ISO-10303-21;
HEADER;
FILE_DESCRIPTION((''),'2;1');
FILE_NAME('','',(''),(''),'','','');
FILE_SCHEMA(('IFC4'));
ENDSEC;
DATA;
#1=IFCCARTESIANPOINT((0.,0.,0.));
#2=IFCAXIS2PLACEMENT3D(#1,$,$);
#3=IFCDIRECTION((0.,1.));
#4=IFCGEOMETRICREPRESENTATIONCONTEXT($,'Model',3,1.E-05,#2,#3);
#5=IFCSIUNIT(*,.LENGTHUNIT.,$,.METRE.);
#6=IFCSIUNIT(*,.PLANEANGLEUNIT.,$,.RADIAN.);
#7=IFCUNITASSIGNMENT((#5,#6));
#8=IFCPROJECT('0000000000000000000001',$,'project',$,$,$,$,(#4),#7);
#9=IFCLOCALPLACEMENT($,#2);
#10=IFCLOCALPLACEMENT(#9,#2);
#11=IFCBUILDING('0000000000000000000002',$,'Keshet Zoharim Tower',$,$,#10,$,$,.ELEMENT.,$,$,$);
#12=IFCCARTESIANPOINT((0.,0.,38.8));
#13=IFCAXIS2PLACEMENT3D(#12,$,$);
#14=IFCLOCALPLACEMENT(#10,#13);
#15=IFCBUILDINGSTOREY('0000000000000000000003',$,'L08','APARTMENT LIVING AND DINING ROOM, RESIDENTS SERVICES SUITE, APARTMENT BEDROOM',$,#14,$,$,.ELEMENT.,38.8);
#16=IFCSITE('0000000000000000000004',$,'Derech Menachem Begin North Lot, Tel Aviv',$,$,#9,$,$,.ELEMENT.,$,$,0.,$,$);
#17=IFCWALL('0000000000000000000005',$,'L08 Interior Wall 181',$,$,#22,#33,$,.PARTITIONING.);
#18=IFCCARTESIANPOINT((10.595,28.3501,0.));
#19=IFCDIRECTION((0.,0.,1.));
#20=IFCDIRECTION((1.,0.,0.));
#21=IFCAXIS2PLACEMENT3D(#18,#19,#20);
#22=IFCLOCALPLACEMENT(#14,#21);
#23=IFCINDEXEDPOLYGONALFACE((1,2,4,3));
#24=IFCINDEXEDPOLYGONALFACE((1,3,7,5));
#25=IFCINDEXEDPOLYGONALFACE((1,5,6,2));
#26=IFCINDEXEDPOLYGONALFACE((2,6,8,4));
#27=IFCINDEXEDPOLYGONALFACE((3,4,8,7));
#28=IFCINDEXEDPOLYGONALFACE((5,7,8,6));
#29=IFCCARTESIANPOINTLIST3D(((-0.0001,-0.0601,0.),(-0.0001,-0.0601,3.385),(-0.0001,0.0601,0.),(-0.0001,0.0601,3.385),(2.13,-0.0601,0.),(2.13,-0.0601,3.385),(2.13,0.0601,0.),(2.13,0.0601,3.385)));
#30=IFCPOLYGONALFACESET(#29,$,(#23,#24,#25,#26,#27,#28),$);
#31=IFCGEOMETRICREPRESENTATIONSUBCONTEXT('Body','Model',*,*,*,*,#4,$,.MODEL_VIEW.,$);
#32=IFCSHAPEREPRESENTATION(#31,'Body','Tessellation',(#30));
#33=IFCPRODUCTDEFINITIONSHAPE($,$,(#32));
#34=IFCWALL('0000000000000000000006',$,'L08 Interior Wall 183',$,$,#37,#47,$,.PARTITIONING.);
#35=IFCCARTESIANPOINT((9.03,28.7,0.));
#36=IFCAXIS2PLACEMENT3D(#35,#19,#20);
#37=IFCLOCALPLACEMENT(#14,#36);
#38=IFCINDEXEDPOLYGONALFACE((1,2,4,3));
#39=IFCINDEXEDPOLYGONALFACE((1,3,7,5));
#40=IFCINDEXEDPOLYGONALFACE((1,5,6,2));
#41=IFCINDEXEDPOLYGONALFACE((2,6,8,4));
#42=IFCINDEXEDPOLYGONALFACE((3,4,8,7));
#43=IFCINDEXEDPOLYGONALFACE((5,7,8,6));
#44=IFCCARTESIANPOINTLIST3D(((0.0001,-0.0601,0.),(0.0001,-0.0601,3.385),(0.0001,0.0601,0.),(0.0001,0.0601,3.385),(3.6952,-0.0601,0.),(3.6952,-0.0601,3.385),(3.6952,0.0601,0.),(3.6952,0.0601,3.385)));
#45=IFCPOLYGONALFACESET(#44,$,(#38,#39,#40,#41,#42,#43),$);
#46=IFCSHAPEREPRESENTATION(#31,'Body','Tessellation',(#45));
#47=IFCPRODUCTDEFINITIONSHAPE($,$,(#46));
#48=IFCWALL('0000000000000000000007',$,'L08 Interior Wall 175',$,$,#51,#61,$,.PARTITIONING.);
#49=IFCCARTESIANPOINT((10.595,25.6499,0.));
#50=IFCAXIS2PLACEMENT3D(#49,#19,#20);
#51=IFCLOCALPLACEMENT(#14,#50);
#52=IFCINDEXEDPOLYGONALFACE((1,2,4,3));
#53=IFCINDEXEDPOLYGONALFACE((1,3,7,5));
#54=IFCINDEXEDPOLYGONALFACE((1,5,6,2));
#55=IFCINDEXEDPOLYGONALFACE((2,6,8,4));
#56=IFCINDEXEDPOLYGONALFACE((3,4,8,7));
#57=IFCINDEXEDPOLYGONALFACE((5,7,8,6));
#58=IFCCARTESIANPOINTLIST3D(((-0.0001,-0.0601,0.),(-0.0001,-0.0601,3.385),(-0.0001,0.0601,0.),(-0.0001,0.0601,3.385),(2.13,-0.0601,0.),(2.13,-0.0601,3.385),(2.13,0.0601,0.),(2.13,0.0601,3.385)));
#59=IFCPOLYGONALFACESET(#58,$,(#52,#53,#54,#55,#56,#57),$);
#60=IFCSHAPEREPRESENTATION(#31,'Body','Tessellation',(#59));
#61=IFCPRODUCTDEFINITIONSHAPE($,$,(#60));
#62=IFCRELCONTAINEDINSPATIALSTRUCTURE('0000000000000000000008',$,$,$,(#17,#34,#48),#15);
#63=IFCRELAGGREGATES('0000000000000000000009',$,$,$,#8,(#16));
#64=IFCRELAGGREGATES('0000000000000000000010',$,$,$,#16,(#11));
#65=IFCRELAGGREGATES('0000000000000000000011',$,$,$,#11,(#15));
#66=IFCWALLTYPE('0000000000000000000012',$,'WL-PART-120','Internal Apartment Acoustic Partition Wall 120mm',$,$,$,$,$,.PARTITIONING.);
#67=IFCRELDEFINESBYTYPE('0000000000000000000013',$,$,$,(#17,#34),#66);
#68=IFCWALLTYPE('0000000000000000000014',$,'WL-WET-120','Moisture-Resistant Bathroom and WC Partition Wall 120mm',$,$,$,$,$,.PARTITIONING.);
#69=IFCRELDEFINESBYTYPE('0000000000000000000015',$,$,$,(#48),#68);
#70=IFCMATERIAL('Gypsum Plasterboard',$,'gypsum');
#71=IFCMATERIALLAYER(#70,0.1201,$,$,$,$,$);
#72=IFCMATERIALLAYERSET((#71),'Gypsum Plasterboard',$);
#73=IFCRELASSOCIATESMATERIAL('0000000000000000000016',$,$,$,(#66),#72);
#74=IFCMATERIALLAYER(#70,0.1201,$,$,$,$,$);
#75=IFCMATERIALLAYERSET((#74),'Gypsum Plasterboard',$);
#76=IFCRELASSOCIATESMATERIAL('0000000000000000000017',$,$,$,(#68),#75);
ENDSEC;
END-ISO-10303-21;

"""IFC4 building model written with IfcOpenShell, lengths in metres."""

from ifc_helpers import new_model, si_unit, direction, frame, frame_2d, origin, place, context, subcontext, project, spatial, rectangle, extrude, material, layer, layer_set, type_object, element, save


model = new_model("IFC4")

# Units and contexts
model_context = context("Model", 3, precision=1e-05, world=origin(), true_north=direction((0.0, 1.0)))
body_context = subcontext(model_context, "Body", "Model", "MODEL_VIEW")
ifc_project = project(units=[si_unit("LENGTHUNIT", "METRE"), si_unit("PLANEANGLEUNIT", "RADIAN")], contexts=[model_context])

# Site, building, storey
site_placement = place(None, origin())
site = spatial("IfcSite", under=ifc_project, at=site_placement, Name="Derech Menachem Begin North Lot, Tel Aviv", CompositionType="ELEMENT", RefElevation=0.0)
building_placement = place(site_placement, origin())
building = spatial("IfcBuilding", under=site, at=building_placement, Name="Keshet Zoharim Tower", CompositionType="ELEMENT")
storey_placement = place(building_placement, frame((0.0, 0.0, 38.8)))
storey = spatial("IfcBuildingStorey", under=building, at=storey_placement, Name="L08", Description="APARTMENT LIVING AND DINING ROOM, RESIDENTS SERVICES SUITE, APARTMENT BEDROOM", CompositionType="ELEMENT", Elevation=38.8)

# Shared definitions
ifc_material_1 = material(Name="Gypsum Plasterboard", Category="gypsum")
ifc_layer_1 = layer(ifc_material_1, 0.1201)
ifc_layer_set_1 = layer_set([ifc_layer_1], Name="Gypsum Plasterboard")
wall_type_1 = type_object("IfcWallType", Name="WL-PART-120", Description="Internal Apartment Acoustic Partition Wall 120mm", PredefinedType="PARTITIONING", material=ifc_layer_set_1)

# Walls
wall_1_placement = place(storey_placement, frame((10.595, 28.3501, 0.0), z_axis=(0.0, 0.0, 1.0), x_axis=(1.0, 0.0, 0.0)))
element("IfcWall", 1, at=wall_1_placement, inside=storey, type_object=wall_type_1, Name="L08 Interior Wall 181", PredefinedType="PARTITIONING", context=body_context, shape_type="SweptSolid", body=[
    extrude(rectangle(XDim=2.1301, YDim=0.1201, at=frame_2d((1.0649, 0.0))), origin(), (0.0, 0.0, 1.0), 3.385),
])
wall_2_placement = place(storey_placement, frame((9.03, 28.7, 0.0), z_axis=(0.0, 0.0, 1.0), x_axis=(1.0, 0.0, 0.0)))
element("IfcWall", 2, at=wall_2_placement, inside=storey, type_object=wall_type_1, Name="L08 Interior Wall 183", PredefinedType="PARTITIONING", context=body_context, shape_type="SweptSolid", body=[
    extrude(rectangle(XDim=3.6951, YDim=0.1201, at=frame_2d((1.8477, 0.0))), origin(), (0.0, 0.0, 1.0), 3.385),
])

# Wall
ifc_layer_2 = layer(ifc_material_1, 0.1201)
ifc_layer_set_2 = layer_set([ifc_layer_2], Name="Gypsum Plasterboard")
wall_type_2 = type_object("IfcWallType", Name="WL-WET-120", Description="Moisture-Resistant Bathroom and WC Partition Wall 120mm", PredefinedType="PARTITIONING", material=ifc_layer_set_2)
wall_3_placement = place(storey_placement, frame((10.595, 25.6499, 0.0), z_axis=(0.0, 0.0, 1.0), x_axis=(1.0, 0.0, 0.0)))
element("IfcWall", 3, at=wall_3_placement, inside=storey, type_object=wall_type_2, Name="L08 Interior Wall 175", PredefinedType="PARTITIONING", context=body_context, shape_type="SweptSolid", body=[
    extrude(rectangle(XDim=2.1301, YDim=0.1201, at=frame_2d((1.0649, 0.0))), origin(), (0.0, 0.0, 1.0), 3.385),
])

save(model, "model.ifc")
